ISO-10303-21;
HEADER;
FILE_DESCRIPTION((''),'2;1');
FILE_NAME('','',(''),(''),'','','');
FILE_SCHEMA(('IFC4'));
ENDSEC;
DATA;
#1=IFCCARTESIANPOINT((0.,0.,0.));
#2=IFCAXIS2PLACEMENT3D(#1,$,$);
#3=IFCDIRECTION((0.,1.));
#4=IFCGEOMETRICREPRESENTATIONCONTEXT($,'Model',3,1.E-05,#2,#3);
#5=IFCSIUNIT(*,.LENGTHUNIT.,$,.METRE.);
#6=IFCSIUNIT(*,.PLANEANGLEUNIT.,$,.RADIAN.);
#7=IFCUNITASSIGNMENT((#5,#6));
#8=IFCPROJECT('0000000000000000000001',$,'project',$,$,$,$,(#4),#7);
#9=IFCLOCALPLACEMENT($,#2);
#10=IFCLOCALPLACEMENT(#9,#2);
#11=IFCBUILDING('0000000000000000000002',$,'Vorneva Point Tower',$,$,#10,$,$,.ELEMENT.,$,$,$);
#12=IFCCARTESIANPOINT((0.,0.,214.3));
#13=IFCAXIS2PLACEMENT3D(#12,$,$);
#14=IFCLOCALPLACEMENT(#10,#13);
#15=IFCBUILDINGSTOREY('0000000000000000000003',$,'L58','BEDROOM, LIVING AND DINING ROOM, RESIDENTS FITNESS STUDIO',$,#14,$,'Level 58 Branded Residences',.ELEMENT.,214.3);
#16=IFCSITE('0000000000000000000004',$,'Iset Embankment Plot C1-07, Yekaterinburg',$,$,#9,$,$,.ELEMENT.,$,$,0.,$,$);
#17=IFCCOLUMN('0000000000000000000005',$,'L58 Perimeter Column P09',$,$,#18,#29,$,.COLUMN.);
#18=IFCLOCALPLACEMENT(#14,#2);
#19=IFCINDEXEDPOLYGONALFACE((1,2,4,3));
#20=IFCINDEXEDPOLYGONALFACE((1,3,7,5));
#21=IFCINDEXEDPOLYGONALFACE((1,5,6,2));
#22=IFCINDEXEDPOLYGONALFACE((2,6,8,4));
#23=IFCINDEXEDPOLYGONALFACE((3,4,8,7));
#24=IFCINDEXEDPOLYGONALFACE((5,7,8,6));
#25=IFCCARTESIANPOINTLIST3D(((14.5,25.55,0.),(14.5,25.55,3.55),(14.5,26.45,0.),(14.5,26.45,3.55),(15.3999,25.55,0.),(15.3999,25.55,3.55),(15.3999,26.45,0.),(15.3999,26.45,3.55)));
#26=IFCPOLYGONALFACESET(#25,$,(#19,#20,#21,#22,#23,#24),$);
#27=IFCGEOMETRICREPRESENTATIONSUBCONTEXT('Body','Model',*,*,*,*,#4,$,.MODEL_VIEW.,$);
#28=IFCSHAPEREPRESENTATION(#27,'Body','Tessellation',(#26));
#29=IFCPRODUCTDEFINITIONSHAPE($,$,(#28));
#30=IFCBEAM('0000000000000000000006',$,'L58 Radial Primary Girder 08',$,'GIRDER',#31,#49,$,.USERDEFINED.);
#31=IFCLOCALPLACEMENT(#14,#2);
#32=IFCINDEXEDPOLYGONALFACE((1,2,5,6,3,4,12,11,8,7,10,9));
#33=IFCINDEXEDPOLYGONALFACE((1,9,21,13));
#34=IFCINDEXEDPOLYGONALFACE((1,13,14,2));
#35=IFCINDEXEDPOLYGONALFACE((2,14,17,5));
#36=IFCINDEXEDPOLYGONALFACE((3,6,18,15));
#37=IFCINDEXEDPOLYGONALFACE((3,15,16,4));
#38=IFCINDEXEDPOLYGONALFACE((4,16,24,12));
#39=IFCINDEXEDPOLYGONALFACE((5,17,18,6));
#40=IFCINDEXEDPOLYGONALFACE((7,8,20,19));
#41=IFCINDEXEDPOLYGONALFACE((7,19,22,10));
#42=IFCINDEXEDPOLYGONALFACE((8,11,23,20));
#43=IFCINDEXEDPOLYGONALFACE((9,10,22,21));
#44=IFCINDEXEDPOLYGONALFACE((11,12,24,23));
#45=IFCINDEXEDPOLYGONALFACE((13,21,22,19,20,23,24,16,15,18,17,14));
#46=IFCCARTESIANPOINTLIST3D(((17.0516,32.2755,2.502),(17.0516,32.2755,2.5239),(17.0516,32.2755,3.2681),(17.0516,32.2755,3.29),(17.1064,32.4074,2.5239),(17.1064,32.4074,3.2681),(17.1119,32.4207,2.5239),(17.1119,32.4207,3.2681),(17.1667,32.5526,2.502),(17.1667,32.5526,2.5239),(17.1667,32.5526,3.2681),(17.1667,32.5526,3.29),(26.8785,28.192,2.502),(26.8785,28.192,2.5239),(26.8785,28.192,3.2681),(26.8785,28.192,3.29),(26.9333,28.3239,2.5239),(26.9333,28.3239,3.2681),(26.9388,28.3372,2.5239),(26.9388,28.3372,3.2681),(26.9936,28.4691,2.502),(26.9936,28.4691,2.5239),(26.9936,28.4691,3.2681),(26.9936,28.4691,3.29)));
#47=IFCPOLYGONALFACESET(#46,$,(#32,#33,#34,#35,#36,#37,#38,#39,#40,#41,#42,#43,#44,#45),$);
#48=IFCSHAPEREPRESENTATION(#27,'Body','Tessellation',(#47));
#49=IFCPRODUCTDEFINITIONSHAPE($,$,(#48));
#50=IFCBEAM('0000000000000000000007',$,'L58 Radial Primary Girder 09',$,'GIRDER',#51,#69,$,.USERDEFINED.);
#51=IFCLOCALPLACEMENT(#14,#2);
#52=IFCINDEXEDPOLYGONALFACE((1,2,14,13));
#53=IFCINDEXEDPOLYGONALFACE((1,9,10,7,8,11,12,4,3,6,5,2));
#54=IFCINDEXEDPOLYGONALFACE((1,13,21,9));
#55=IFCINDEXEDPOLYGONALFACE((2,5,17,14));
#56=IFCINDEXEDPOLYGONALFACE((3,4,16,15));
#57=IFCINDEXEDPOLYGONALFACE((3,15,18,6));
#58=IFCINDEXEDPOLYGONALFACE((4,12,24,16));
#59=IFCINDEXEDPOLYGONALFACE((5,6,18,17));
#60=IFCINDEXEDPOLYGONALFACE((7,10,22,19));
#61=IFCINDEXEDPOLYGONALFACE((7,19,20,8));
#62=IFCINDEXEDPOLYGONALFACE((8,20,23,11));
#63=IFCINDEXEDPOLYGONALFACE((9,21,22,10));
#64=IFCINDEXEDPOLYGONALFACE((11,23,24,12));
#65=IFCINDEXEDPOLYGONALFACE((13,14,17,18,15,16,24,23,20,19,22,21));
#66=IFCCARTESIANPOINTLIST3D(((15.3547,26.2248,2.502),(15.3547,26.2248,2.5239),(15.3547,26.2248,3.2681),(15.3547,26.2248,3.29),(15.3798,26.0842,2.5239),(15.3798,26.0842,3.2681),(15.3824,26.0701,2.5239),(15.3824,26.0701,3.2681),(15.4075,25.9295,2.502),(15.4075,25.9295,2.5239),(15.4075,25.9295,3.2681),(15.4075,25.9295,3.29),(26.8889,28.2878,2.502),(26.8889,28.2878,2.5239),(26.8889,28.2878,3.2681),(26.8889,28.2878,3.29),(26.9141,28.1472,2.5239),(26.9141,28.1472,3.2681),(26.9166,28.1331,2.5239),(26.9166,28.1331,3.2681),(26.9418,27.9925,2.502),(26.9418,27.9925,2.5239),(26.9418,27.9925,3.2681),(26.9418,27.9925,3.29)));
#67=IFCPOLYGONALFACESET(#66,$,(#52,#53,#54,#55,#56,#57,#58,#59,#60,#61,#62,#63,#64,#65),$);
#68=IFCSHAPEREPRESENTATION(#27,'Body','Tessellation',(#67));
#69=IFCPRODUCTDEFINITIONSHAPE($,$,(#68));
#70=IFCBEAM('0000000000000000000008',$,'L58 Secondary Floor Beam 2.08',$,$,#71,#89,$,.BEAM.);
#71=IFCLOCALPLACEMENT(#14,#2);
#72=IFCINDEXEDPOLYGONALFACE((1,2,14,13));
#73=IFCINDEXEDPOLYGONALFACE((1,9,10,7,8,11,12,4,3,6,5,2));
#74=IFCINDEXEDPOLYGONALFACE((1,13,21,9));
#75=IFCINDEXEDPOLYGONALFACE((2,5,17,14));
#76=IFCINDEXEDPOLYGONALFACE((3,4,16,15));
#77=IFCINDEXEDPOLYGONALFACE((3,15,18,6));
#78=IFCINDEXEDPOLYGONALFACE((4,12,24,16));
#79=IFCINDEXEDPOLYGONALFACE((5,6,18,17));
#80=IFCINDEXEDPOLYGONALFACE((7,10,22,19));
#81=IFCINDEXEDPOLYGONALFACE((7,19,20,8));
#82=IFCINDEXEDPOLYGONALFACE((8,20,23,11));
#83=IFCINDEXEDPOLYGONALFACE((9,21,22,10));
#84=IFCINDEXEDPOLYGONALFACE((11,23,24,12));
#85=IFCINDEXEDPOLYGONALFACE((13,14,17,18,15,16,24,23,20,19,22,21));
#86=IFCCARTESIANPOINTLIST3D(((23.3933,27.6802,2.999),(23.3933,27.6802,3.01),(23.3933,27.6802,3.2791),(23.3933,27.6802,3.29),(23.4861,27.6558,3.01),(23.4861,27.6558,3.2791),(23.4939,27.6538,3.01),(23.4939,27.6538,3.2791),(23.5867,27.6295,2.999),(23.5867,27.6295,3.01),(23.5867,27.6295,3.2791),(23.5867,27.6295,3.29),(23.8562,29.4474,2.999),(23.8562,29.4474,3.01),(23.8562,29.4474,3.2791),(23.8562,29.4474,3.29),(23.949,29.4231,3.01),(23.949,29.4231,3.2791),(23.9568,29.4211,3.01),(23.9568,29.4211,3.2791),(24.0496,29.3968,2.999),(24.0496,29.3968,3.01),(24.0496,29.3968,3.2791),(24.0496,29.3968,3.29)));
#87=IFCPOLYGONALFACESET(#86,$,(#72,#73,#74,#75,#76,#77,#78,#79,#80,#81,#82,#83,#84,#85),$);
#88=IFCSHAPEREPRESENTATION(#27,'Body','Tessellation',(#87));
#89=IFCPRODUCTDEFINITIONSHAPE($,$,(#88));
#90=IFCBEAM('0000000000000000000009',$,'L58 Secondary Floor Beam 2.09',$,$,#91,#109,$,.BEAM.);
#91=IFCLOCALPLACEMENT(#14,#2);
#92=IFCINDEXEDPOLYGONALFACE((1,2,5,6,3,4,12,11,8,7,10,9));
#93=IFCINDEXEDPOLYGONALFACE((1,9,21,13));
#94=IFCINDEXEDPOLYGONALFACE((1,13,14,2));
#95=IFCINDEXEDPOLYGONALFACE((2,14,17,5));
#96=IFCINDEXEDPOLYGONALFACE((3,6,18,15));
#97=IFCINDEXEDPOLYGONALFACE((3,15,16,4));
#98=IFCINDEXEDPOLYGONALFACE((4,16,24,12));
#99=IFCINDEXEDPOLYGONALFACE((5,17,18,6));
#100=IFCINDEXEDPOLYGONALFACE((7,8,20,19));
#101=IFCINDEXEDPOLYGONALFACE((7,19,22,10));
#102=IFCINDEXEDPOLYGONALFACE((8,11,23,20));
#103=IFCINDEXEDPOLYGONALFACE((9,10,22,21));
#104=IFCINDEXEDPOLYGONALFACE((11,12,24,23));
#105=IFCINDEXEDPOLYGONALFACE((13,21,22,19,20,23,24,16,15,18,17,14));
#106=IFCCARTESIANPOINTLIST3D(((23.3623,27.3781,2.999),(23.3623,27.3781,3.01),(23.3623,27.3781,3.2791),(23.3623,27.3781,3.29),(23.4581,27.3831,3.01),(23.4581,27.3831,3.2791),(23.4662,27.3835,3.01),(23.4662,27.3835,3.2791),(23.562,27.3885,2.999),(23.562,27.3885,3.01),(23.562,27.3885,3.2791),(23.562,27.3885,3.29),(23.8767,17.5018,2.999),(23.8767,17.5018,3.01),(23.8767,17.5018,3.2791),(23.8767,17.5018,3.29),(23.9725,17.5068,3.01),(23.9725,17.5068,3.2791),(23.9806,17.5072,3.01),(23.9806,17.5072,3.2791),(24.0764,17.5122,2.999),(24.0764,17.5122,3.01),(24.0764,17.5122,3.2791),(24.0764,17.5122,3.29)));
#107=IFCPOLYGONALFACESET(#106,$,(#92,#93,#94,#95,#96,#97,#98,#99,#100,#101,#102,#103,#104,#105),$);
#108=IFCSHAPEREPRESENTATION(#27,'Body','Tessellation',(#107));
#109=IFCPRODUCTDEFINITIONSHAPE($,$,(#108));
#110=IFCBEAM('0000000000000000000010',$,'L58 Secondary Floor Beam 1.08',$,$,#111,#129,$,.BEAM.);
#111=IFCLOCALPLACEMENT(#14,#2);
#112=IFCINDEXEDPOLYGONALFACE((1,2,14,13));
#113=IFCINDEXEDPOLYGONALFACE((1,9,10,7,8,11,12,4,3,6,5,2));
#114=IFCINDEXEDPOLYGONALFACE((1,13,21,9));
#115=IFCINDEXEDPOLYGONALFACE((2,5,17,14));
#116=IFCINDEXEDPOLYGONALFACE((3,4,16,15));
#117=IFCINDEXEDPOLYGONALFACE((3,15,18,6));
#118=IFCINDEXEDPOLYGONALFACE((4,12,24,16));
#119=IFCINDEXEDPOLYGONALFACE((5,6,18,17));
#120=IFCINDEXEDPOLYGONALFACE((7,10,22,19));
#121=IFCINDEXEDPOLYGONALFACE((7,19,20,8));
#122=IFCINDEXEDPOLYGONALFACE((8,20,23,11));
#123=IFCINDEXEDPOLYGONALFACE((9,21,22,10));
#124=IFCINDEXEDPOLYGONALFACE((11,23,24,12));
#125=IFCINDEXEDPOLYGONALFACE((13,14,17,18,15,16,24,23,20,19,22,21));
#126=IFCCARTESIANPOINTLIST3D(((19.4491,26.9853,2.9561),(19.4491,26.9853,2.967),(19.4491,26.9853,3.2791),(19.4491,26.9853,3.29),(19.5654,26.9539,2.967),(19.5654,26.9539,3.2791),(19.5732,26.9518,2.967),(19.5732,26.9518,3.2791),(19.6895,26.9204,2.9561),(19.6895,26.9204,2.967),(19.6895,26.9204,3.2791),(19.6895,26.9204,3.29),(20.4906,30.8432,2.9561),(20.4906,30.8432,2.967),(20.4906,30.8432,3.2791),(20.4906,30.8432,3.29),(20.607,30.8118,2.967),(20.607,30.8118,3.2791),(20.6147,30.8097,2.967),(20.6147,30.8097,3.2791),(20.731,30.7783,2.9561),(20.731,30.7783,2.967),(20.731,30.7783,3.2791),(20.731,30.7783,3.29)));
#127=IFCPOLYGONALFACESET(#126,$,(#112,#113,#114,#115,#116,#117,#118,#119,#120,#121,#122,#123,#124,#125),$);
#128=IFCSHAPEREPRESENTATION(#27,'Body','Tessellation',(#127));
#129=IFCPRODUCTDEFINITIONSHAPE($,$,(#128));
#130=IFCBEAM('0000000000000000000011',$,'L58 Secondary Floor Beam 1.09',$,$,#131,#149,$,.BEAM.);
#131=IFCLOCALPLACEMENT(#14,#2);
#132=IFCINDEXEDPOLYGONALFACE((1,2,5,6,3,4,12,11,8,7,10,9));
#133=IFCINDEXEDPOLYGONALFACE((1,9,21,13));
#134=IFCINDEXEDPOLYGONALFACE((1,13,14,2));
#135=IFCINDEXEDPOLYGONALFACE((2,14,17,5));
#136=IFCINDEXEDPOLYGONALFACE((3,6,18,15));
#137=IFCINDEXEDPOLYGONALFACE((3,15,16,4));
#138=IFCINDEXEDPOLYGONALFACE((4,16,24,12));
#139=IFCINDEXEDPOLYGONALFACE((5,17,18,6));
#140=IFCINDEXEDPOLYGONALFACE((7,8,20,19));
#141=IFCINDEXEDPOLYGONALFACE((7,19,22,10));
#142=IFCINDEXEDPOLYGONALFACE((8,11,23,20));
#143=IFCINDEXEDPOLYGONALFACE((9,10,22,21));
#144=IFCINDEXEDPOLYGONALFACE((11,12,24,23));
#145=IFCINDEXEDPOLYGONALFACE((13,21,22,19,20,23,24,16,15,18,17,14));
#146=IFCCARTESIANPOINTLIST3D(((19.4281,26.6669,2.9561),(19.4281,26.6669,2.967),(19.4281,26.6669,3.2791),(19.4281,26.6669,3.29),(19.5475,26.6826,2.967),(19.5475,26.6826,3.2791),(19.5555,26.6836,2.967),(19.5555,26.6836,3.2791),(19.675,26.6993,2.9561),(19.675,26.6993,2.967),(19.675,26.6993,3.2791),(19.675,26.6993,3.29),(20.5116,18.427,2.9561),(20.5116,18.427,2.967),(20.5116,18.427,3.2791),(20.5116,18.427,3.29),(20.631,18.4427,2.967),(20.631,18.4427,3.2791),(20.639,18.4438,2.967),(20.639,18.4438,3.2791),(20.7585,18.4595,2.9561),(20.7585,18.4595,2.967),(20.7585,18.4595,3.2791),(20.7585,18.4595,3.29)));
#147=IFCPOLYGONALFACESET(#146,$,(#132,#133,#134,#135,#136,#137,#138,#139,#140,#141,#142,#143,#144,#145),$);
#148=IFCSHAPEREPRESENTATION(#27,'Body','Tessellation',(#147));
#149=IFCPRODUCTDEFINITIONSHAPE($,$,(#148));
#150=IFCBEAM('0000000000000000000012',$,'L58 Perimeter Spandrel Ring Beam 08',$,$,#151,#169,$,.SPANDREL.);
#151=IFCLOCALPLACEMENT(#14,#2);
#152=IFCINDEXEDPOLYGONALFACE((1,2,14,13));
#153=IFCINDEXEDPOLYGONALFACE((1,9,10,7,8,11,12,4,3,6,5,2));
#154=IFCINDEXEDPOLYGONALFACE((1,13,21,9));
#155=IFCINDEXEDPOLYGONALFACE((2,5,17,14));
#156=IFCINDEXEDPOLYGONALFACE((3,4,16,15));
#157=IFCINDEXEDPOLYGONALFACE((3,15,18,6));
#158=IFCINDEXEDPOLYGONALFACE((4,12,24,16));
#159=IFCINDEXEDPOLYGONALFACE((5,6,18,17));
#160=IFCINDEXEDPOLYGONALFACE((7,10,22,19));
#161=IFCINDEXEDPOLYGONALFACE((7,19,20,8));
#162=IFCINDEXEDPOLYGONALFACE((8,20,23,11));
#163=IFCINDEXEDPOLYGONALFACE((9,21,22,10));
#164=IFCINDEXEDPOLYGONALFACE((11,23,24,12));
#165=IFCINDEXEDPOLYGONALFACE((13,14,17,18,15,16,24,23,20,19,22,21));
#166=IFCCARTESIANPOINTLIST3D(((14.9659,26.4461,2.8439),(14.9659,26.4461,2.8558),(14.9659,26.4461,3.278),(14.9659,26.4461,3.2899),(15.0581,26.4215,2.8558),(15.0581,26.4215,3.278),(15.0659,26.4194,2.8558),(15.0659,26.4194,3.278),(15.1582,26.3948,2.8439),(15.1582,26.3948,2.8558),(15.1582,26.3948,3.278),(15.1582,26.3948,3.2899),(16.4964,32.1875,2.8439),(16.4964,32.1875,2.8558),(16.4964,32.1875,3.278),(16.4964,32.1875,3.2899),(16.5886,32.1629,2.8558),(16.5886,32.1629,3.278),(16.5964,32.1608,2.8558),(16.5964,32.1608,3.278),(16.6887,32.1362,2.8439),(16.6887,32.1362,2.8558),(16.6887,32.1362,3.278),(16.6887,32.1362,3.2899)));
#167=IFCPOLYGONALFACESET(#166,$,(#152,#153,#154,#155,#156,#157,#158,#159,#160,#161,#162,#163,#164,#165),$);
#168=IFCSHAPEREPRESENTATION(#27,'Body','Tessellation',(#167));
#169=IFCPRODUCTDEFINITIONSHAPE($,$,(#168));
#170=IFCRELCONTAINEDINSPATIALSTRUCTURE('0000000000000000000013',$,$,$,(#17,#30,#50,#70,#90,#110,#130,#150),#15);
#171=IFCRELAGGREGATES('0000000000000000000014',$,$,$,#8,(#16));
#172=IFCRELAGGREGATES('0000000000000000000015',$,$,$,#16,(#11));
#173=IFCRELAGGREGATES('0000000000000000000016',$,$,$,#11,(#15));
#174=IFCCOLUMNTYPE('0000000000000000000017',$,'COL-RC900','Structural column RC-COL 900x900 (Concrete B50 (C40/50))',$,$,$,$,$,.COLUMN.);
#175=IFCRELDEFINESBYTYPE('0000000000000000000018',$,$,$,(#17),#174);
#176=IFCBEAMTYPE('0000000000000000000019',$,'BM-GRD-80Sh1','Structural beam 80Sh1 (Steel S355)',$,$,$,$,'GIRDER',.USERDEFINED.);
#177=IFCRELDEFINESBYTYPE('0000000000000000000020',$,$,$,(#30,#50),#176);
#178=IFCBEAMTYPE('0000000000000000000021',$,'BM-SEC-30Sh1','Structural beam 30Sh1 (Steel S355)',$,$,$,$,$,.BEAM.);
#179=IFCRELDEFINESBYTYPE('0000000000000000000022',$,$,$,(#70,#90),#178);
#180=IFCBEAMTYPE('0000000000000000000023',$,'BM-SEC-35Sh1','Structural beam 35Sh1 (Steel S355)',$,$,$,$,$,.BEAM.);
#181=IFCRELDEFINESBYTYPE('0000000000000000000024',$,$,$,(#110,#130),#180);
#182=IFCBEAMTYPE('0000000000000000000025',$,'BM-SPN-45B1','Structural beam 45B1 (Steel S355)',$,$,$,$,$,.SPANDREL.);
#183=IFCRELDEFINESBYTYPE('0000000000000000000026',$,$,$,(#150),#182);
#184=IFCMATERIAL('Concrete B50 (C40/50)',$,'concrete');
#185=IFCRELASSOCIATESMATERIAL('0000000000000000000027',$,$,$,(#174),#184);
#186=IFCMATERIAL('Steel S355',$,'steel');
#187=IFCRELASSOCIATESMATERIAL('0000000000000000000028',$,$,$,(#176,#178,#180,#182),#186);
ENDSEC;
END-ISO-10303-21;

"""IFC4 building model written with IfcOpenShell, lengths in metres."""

from ifc_helpers import new_model, si_unit, direction, frame, origin, origin_2d, place, context, subcontext, project, spatial, rectangle, i_section, extrude, material, material_profile, profile_set, type_object, element, save


model = new_model("IFC4")

# Units and contexts
model_context = context("Model", 3, precision=1e-05, world=origin(), true_north=direction((0.0, 1.0)))
body_context = subcontext(model_context, "Body", "Model", "MODEL_VIEW")
ifc_project = project(units=[si_unit("LENGTHUNIT", "METRE"), si_unit("PLANEANGLEUNIT", "RADIAN")], contexts=[model_context])

# Site, building, storey
site_placement = place(None, origin())
site = spatial("IfcSite", under=ifc_project, at=site_placement, Name="Iset Embankment Plot C1-07, Yekaterinburg", CompositionType="ELEMENT", RefElevation=0.0)
building_placement = place(site_placement, origin())
building = spatial("IfcBuilding", under=site, at=building_placement, Name="Vorneva Point Tower", CompositionType="ELEMENT")
storey_placement = place(building_placement, frame((0.0, 0.0, 214.3)))
storey = spatial("IfcBuildingStorey", under=building, at=storey_placement, Name="L58", Description="BEDROOM, LIVING AND DINING ROOM, RESIDENTS FITNESS STUDIO", LongName="Level 58 Branded Residences", CompositionType="ELEMENT", Elevation=214.3)

# Column
ifc_material_1 = material(Name="Concrete B50 (C40/50)", Category="concrete")
ifc_material_profile_1 = material_profile(ifc_material_1, rectangle(XDim=0.8999, YDim=0.8999, at=origin_2d()), Name="RC-COL 900x900")
ifc_profile_set_1 = profile_set([ifc_material_profile_1], Name="Concrete B50 (C40/50)")
column_type = type_object("IfcColumnType", Name="COL-RC900", Description="Structural column RC-COL 900x900 (Concrete B50 (C40/50))", PredefinedType="COLUMN", material=ifc_profile_set_1)
column_placement = place(storey_placement, frame((14.95, 26.0, 0.0), z_axis=(0.0, 0.0, 1.0), x_axis=(-1.0, 0.0, 0.0)))
element("IfcColumn", 1, at=column_placement, inside=storey, type_object=column_type, Name="L58 Perimeter Column P09", PredefinedType="COLUMN", context=body_context, shape_type="SweptSolid", body=[
    extrude(rectangle(XDim=0.8999, YDim=0.8999, at=origin_2d()), origin(), (0.0, 0.0, 1.0), 3.55),
])

# Beams
ifc_material_2 = material(Name="Steel S355", Category="steel")
ifc_material_profile_2 = material_profile(ifc_material_2, i_section(OverallWidth=0.3, OverallDepth=0.7881, WebThickness=0.0144, FlangeThickness=0.022, at=origin_2d()), Name="80Sh1")
ifc_profile_set_2 = profile_set([ifc_material_profile_2], Name="Steel S355")
beam_type_1 = type_object("IfcBeamType", Name="BM-GRD-80Sh1", Description="Structural beam 80Sh1 (Steel S355)", ElementType="GIRDER", PredefinedType="USERDEFINED", material=ifc_profile_set_2)
beam_1_placement = place(storey_placement, frame((17.1091, 32.4141, 2.896), z_axis=(0.923445, -0.383731, 0.0), x_axis=(0.383731, 0.923445, 0.0)))
element("IfcBeam", 2, at=beam_1_placement, inside=storey, type_object=beam_type_1, Name="L58 Radial Primary Girder 08", ObjectType="GIRDER", PredefinedType="USERDEFINED", context=body_context, shape_type="SweptSolid", body=[
    extrude(i_section(OverallWidth=0.3, OverallDepth=0.7881, WebThickness=0.0144, FlangeThickness=0.022, at=origin_2d()), origin(), (0.0, 0.0, 1.0), 10.6416),
])
beam_2_placement = place(storey_placement, frame((15.3811, 26.0771, 2.896), z_axis=(0.984379, 0.176065, 0.0), x_axis=(-0.176065, 0.984379, 0.0)))
element("IfcBeam", 3, at=beam_2_placement, inside=storey, type_object=beam_type_1, Name="L58 Radial Primary Girder 09", ObjectType="GIRDER", PredefinedType="USERDEFINED", context=body_context, shape_type="SweptSolid", body=[
    extrude(i_section(OverallWidth=0.3, OverallDepth=0.7881, WebThickness=0.0144, FlangeThickness=0.022, at=origin_2d()), origin(), (0.0, 0.0, 1.0), 11.7173),
])
ifc_material_profile_3 = material_profile(ifc_material_2, i_section(OverallWidth=0.2, OverallDepth=0.291, WebThickness=0.0081, FlangeThickness=0.011, at=origin_2d()), Name="30Sh1")
ifc_profile_set_3 = profile_set([ifc_material_profile_3], Name="Steel S355")
beam_type_2 = type_object("IfcBeamType", Name="BM-SEC-30Sh1", Description="Structural beam 30Sh1 (Steel S355)", PredefinedType="BEAM", material=ifc_profile_set_3)
beam_3_placement = place(storey_placement, frame((23.9529, 29.4221, 3.1445), z_axis=(-0.253368, -0.96737, 0.0), x_axis=(0.96737, -0.253368, 0.0)))
element("IfcBeam", 4, at=beam_3_placement, inside=storey, type_object=beam_type_2, Name="L58 Secondary Floor Beam 2.08", PredefinedType="BEAM", context=body_context, shape_type="SweptSolid", body=[
    extrude(i_section(OverallWidth=0.2, OverallDepth=0.291, WebThickness=0.0081, FlangeThickness=0.011, at=origin_2d()), origin(), (0.0, 0.0, 1.0), 1.8269),
])
beam_4_placement = place(storey_placement, frame((23.4622, 27.3833, 3.1445), z_axis=(0.052015, -0.998646, 0.0), x_axis=(0.998646, 0.052015, 0.0)))
element("IfcBeam", 5, at=beam_4_placement, inside=storey, type_object=beam_type_2, Name="L58 Secondary Floor Beam 2.09", PredefinedType="BEAM", context=body_context, shape_type="SweptSolid", body=[
    extrude(i_section(OverallWidth=0.2, OverallDepth=0.291, WebThickness=0.0081, FlangeThickness=0.011, at=origin_2d()), origin(), (0.0, 0.0, 1.0), 9.8896),
])
ifc_material_profile_4 = material_profile(ifc_material_2, i_section(OverallWidth=0.249, OverallDepth=0.334, WebThickness=0.0081, FlangeThickness=0.011, at=origin_2d()), Name="35Sh1")
ifc_profile_set_4 = profile_set([ifc_material_profile_4], Name="Steel S355")
beam_type_3 = type_object("IfcBeamType", Name="BM-SEC-35Sh1", Description="Structural beam 35Sh1 (Steel S355)", PredefinedType="BEAM", material=ifc_profile_set_4)
beam_5_placement = place(storey_placement, frame((20.6108, 30.8108, 3.123), z_axis=(-0.260635, -0.965437, 0.0), x_axis=(0.965437, -0.260635, 0.0)))
element("IfcBeam", 6, at=beam_5_placement, inside=storey, type_object=beam_type_3, Name="L58 Secondary Floor Beam 1.08", PredefinedType="BEAM", context=body_context, shape_type="SweptSolid", body=[
    extrude(i_section(OverallWidth=0.249, OverallDepth=0.334, WebThickness=0.0081, FlangeThickness=0.011, at=origin_2d()), origin(), (0.0, 0.0, 1.0), 3.9961),
])
beam_6_placement = place(storey_placement, frame((19.5515, 26.6831, 3.123), z_axis=(0.130374, -0.991465, 0.0), x_axis=(0.991465, 0.130374, 0.0)))
element("IfcBeam", 7, at=beam_6_placement, inside=storey, type_object=beam_type_3, Name="L58 Secondary Floor Beam 1.09", PredefinedType="BEAM", context=body_context, shape_type="SweptSolid", body=[
    extrude(i_section(OverallWidth=0.249, OverallDepth=0.334, WebThickness=0.0081, FlangeThickness=0.011, at=origin_2d()), origin(), (0.0, 0.0, 1.0), 8.3108),
])
ifc_material_profile_5 = material_profile(ifc_material_2, i_section(OverallWidth=0.199, OverallDepth=0.446, WebThickness=0.0081, FlangeThickness=0.012, at=origin_2d()), Name="45B1")
ifc_profile_set_5 = profile_set([ifc_material_profile_5], Name="Steel S355")
beam_type_4 = type_object("IfcBeamType", Name="BM-SPN-45B1", Description="Structural beam 45B1 (Steel S355)", PredefinedType="SPANDREL", material=ifc_profile_set_5)
for number, where, z_axis, x_axis, name in (
    (8, (16.5925, 32.1619, 3.0669), (-0.257578, -0.966257, 0.0), (0.966257, -0.257578, 0.0), "L58 Perimeter Spandrel Ring Beam 08"),
):
    element("IfcBeam", number, at=place(storey_placement, frame(where, z_axis=z_axis, x_axis=x_axis)), inside=storey, type_object=beam_type_4, Name=name, PredefinedType="SPANDREL", context=body_context, shape_type="SweptSolid", body=[
        extrude(i_section(OverallWidth=0.199, OverallDepth=0.446, WebThickness=0.0081, FlangeThickness=0.012, at=origin_2d()), origin(), (0.0, 0.0, 1.0), 5.9419),
    ])

save(model, "model.ifc")
